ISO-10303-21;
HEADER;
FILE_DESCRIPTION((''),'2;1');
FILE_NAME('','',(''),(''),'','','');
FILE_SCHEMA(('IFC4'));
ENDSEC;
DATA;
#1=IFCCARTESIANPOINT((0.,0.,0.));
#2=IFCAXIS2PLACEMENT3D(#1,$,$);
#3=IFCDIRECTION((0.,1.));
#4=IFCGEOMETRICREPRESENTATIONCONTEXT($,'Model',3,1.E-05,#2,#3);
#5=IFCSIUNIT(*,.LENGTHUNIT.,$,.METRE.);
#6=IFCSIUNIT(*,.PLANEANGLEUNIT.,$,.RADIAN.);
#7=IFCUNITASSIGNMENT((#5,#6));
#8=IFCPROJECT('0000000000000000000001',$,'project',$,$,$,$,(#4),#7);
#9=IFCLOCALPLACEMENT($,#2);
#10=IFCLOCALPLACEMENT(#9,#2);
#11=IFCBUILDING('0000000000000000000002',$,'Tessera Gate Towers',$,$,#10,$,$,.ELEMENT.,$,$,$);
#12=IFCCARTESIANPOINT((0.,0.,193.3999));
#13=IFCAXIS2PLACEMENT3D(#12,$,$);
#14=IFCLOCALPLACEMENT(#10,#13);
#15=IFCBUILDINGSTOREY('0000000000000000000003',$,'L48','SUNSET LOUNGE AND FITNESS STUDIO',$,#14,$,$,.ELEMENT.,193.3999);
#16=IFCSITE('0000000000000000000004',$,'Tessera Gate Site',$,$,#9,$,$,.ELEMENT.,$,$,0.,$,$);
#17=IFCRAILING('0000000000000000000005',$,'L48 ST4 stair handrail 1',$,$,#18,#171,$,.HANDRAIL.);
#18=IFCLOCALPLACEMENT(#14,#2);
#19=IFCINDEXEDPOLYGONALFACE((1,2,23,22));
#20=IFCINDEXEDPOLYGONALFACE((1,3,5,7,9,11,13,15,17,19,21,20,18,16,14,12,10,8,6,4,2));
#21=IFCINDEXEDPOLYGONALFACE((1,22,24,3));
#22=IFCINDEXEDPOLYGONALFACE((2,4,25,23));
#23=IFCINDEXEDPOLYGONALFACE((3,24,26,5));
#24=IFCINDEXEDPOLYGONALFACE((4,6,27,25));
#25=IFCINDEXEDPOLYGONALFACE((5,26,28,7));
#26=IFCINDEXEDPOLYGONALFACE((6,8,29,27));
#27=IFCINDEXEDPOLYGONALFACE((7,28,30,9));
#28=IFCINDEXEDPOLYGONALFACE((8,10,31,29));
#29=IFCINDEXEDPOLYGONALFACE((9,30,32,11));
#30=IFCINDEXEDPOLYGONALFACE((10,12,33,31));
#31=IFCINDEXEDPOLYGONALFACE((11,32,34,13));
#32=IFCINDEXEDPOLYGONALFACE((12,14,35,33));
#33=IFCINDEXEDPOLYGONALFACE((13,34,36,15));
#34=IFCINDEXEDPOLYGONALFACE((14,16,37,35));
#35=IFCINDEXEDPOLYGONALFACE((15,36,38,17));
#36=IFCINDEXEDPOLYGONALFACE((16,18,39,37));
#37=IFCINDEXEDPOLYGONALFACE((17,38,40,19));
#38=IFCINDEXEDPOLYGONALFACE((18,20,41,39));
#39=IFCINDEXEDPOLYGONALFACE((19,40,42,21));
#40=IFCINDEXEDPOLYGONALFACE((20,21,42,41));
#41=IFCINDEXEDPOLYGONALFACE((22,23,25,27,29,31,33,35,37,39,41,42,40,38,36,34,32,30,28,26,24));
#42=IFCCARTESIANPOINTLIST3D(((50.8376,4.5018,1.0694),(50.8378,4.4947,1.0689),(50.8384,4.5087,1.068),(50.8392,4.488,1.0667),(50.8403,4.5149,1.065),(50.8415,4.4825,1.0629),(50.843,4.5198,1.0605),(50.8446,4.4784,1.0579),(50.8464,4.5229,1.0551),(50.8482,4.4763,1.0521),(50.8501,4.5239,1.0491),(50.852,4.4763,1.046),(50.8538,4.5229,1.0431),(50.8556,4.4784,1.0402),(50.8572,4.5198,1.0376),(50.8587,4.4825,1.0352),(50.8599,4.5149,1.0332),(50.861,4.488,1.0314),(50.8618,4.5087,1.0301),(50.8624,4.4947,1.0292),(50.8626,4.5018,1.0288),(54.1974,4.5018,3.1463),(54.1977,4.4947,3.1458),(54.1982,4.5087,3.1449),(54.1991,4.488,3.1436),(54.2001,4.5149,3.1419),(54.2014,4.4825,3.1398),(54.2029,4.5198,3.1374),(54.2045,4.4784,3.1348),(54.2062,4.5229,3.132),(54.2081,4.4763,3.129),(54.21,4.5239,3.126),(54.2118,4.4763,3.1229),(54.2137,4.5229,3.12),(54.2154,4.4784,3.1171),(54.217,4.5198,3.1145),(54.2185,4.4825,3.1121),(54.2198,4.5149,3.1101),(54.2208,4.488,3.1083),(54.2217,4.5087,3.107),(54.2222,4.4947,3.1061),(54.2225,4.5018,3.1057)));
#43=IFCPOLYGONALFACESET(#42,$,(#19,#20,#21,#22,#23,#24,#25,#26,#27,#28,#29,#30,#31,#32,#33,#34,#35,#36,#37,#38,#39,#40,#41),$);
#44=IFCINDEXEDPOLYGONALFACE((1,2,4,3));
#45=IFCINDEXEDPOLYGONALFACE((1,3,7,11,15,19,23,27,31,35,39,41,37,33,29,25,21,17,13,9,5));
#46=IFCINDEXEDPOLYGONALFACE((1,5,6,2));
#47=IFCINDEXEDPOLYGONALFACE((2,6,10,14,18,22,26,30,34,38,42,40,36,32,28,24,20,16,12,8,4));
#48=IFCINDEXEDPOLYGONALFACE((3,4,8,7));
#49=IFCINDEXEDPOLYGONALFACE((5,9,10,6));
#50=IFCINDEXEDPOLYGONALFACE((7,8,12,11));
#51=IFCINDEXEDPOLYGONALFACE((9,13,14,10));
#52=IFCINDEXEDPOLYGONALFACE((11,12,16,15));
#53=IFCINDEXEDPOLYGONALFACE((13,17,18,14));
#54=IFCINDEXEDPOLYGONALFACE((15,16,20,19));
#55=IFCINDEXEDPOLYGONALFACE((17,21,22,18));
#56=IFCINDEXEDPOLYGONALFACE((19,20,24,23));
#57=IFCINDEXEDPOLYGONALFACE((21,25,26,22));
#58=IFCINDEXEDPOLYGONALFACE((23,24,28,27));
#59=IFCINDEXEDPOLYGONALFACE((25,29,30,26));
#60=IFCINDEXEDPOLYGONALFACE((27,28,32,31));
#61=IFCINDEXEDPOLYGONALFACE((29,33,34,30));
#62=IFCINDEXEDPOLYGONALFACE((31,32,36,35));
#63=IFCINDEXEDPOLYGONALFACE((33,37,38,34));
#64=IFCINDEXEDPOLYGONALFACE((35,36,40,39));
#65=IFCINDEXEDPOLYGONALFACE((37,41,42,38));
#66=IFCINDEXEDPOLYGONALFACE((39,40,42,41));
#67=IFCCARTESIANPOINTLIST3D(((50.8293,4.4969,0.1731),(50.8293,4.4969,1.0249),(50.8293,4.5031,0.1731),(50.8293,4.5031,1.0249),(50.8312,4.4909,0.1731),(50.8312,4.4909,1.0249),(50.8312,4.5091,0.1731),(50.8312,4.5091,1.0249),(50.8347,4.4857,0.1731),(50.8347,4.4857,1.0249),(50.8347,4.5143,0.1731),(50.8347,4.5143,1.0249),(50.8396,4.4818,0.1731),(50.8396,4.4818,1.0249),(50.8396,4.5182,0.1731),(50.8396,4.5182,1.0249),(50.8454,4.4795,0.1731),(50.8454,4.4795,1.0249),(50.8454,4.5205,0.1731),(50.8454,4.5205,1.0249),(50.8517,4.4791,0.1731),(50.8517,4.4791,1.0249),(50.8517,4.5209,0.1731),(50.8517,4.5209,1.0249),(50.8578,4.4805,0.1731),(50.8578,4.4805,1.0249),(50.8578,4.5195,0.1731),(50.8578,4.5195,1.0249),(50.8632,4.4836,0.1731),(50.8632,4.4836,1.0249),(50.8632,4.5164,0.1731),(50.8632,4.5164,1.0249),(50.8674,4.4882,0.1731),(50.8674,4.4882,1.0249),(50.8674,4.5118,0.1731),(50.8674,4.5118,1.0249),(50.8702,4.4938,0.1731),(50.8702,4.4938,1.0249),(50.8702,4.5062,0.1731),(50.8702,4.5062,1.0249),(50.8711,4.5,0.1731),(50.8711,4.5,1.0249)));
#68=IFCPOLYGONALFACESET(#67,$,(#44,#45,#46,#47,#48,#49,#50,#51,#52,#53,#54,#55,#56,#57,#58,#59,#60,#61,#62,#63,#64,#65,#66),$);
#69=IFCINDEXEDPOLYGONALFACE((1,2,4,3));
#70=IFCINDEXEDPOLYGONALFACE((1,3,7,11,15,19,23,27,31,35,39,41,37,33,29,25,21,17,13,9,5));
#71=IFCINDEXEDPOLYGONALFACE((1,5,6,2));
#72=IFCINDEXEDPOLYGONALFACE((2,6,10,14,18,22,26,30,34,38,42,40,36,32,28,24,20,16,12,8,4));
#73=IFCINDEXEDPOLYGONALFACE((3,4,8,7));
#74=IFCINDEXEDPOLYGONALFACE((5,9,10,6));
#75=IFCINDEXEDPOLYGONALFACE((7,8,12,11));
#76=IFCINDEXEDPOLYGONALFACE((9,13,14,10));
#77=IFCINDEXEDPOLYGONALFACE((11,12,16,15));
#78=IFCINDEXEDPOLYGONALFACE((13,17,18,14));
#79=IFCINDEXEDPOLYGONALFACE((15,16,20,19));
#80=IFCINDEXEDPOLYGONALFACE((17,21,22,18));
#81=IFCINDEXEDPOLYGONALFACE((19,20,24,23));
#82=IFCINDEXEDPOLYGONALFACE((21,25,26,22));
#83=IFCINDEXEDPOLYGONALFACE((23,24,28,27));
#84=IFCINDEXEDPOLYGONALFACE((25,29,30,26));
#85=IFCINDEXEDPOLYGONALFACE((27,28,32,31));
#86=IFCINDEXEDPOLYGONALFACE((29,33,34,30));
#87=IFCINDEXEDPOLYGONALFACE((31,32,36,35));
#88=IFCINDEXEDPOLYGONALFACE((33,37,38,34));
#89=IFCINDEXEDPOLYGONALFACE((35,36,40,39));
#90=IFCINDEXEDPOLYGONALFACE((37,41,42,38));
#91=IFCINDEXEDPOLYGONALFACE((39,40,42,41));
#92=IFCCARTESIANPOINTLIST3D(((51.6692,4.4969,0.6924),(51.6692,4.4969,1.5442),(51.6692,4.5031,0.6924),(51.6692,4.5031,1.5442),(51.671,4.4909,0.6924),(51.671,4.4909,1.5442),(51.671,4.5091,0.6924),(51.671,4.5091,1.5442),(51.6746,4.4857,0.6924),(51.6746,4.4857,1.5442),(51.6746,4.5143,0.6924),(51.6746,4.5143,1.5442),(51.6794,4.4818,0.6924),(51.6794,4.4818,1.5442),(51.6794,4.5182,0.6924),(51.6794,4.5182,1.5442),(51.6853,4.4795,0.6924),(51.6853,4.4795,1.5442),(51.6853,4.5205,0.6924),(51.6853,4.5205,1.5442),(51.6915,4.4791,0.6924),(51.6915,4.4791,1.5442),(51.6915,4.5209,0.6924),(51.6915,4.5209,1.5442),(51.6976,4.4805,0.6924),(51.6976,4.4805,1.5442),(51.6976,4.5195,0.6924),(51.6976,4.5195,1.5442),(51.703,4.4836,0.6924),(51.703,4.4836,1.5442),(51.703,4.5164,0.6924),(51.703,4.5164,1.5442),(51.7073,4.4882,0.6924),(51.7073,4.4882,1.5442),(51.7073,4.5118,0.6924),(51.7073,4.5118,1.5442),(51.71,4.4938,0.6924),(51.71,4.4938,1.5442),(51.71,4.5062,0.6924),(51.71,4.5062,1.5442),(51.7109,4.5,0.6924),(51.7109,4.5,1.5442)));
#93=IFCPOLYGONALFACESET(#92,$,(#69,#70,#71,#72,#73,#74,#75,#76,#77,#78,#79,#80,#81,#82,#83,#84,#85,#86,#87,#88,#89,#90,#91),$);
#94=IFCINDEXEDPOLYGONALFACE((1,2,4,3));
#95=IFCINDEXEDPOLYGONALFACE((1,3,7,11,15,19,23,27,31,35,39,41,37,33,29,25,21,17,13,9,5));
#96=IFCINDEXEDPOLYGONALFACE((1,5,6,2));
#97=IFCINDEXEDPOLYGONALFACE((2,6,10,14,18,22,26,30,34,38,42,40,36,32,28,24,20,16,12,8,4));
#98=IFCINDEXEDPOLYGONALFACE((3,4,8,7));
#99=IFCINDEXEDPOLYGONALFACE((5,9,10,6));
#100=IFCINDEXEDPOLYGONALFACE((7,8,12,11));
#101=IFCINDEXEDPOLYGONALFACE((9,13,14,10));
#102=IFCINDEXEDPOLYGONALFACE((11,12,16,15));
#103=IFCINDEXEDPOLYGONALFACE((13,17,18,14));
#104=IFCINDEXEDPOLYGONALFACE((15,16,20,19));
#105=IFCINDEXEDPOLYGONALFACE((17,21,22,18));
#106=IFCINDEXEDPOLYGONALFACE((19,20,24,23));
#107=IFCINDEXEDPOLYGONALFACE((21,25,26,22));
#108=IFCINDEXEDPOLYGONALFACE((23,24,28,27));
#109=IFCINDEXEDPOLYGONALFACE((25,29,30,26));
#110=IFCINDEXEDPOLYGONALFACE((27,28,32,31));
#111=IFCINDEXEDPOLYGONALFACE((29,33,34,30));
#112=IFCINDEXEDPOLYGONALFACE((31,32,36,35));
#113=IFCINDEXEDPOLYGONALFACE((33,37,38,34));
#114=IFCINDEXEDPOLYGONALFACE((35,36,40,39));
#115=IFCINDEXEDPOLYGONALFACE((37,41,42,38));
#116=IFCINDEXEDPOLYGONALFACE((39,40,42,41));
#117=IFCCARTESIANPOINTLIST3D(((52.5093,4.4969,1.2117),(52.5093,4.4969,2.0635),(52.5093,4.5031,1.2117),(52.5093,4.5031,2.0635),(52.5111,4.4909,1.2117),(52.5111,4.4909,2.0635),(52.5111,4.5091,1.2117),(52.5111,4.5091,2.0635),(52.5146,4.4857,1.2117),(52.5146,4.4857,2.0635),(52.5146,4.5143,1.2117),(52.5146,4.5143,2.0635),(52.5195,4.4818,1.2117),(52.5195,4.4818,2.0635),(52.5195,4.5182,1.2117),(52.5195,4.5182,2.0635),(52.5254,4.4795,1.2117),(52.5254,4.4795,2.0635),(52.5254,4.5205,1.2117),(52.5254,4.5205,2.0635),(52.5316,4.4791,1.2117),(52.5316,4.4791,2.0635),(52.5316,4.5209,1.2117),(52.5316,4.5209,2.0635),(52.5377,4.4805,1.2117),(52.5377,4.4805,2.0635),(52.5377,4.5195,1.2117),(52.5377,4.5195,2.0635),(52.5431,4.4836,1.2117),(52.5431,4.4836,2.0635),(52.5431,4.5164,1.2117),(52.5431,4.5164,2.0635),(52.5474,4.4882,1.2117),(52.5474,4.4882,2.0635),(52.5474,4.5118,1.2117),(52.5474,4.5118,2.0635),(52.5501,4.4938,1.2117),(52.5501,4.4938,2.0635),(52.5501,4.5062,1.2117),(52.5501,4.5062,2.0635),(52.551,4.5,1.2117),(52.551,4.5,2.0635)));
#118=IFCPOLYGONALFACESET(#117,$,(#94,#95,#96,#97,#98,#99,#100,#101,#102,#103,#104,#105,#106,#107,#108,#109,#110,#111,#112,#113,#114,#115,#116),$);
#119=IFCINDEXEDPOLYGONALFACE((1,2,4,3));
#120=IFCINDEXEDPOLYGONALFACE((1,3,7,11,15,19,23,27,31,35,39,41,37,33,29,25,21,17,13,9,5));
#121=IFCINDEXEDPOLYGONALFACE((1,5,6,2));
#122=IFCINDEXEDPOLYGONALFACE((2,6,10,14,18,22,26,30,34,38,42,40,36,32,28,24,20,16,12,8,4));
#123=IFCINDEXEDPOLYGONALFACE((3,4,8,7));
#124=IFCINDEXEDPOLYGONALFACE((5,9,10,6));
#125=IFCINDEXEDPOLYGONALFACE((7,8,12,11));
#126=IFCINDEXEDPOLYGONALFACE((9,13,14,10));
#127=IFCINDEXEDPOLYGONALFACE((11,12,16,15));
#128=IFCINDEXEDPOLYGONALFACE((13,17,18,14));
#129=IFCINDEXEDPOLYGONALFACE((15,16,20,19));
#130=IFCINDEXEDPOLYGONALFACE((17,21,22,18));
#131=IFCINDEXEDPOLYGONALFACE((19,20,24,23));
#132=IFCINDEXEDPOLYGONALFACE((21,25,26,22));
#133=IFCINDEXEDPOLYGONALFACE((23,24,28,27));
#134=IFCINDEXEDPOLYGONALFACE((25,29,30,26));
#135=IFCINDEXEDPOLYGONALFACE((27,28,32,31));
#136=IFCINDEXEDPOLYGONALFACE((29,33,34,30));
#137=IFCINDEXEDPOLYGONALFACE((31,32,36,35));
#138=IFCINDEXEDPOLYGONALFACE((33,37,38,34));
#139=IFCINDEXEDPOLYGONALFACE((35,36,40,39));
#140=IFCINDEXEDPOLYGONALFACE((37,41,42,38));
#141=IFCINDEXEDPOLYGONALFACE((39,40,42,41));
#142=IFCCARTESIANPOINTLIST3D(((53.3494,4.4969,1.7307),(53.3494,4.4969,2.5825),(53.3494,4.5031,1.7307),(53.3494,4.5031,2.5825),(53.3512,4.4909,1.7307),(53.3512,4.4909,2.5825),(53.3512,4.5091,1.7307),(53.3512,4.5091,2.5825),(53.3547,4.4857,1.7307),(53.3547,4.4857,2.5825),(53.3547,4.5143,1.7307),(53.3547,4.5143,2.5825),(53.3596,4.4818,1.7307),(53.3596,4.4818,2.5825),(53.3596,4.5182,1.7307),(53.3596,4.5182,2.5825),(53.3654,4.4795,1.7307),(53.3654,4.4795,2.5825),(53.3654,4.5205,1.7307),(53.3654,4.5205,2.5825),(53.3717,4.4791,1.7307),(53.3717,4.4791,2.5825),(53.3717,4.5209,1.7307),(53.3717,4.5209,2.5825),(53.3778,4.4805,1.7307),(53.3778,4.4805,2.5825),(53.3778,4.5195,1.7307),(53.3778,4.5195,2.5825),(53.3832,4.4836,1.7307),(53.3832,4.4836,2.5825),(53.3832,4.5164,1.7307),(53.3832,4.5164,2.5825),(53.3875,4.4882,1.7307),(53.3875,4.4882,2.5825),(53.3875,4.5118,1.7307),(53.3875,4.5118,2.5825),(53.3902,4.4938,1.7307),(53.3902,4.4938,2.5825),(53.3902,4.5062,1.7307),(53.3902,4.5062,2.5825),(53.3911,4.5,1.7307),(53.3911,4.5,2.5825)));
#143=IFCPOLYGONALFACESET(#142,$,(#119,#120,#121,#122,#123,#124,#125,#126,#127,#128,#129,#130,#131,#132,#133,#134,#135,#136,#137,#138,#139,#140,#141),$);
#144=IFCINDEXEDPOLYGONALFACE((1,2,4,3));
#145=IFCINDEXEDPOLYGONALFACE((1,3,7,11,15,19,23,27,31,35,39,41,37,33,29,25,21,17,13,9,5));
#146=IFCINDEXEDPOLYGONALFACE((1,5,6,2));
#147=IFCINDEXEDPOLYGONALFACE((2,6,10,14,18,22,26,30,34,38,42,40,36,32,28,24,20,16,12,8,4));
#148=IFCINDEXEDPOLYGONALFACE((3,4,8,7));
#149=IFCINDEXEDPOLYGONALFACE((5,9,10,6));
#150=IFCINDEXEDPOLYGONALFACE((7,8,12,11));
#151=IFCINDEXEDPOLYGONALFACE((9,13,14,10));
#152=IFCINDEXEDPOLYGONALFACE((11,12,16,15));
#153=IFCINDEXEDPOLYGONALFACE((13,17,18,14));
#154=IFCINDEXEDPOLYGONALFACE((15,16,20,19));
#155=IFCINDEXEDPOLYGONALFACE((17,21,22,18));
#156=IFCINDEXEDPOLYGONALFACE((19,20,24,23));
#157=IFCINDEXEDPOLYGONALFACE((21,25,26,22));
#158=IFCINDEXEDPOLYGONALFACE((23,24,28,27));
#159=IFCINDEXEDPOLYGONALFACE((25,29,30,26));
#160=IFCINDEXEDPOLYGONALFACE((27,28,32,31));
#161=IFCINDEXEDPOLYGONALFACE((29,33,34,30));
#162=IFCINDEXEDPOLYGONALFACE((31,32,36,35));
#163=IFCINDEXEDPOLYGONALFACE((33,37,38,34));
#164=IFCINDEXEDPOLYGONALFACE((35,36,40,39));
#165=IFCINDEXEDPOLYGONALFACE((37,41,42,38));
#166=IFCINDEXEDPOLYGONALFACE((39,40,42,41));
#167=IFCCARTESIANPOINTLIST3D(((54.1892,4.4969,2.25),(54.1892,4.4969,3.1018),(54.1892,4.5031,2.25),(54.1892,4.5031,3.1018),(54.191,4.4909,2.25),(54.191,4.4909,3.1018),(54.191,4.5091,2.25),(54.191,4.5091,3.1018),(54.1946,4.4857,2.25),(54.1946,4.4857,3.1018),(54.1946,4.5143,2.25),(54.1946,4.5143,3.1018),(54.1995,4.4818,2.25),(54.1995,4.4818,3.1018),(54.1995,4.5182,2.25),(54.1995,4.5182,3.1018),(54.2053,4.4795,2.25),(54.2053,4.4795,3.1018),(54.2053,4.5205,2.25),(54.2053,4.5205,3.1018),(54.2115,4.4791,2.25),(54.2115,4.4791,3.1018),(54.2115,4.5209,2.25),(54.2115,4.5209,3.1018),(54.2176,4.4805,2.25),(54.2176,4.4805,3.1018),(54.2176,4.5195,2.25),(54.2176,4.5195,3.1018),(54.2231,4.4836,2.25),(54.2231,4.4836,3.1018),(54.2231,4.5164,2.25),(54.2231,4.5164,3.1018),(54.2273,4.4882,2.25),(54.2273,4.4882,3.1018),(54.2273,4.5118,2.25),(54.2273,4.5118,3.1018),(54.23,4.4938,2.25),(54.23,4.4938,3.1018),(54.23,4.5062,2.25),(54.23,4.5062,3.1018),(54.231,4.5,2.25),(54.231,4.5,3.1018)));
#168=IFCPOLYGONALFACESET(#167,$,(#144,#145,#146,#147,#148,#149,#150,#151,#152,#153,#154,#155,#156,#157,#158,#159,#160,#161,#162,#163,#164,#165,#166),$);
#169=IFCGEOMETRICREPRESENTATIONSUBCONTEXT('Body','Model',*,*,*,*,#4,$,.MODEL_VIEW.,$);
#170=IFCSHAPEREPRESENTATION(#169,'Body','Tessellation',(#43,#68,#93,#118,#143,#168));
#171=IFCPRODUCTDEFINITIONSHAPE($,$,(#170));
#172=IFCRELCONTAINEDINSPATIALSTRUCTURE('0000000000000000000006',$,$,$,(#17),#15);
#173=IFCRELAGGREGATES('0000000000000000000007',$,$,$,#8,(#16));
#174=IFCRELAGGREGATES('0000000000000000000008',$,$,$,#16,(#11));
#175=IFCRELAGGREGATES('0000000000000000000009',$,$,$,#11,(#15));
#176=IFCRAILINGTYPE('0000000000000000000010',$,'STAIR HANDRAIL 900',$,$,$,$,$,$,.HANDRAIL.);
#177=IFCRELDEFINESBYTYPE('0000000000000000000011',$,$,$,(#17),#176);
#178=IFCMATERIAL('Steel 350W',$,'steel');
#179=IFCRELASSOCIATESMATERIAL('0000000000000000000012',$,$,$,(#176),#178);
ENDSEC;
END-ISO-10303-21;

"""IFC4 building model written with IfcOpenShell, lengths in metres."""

from ifc_helpers import new_model, si_unit, direction, frame, origin, origin_2d, place, context, subcontext, project, spatial, circle, extrude, material, type_object, element, save


model = new_model("IFC4")

# Units and contexts
model_context = context("Model", 3, precision=1e-05, world=origin(), true_north=direction((0.0, 1.0)))
body_context = subcontext(model_context, "Body", "Model", "MODEL_VIEW")
ifc_project = project(units=[si_unit("LENGTHUNIT", "METRE"), si_unit("PLANEANGLEUNIT", "RADIAN")], contexts=[model_context])

# Site, building, storey
site_placement = place(None, origin())
site = spatial("IfcSite", under=ifc_project, at=site_placement, Name="Tessera Gate Site", CompositionType="ELEMENT", RefElevation=0.0)
building_placement = place(site_placement, origin())
building = spatial("IfcBuilding", under=site, at=building_placement, Name="Tessera Gate Towers", CompositionType="ELEMENT")
storey_placement = place(building_placement, frame((0.0, 0.0, 193.3999)))
storey = spatial("IfcBuildingStorey", under=building, at=storey_placement, Name="L48", Description="SUNSET LOUNGE AND FITNESS STUDIO", CompositionType="ELEMENT", Elevation=193.3999)

# Railing
ifc_material_1 = material(Name="Steel 350W", Category="steel")
railing_type_1 = type_object("IfcRailingType", Name="STAIR HANDRAIL 900", PredefinedType="HANDRAIL", material=ifc_material_1)
railing_1_placement = place(storey_placement, frame((50.8501, 4.5, 0.1731)))
element("IfcRailing", 1, at=railing_1_placement, inside=storey, type_object=railing_type_1, Name="L48 ST4 stair handrail 1", PredefinedType="HANDRAIL", context=body_context, shape_type="SweptSolid", body=[
    extrude(circle(Radius=0.0239, at=origin_2d()), frame((0.0, 0.0, 0.876), z_axis=(0.850606, 0.0, 0.525803), x_axis=(0.0, 1.0, 0.0)), (0.0, 0.0, 1.0), 3.95),
    extrude(circle(Radius=0.021, at=origin_2d()), origin(), (0.0, 0.0, 1.0), 0.8518),
    extrude(circle(Radius=0.021, at=origin_2d()), frame((0.8398, 0.0, 0.5193)), (0.0, 0.0, 1.0), 0.8518),
    extrude(circle(Radius=0.021, at=origin_2d()), frame((1.6799, 0.0, 1.0386)), (0.0, 0.0, 1.0), 0.8518),
    extrude(circle(Radius=0.021, at=origin_2d()), frame((2.52, 0.0, 1.5576)), (0.0, 0.0, 1.0), 0.8518),
    extrude(circle(Radius=0.021, at=origin_2d()), frame((3.3599, 0.0, 2.0769)), (0.0, 0.0, 1.0), 0.8518),
])

save(model, "model.ifc")
